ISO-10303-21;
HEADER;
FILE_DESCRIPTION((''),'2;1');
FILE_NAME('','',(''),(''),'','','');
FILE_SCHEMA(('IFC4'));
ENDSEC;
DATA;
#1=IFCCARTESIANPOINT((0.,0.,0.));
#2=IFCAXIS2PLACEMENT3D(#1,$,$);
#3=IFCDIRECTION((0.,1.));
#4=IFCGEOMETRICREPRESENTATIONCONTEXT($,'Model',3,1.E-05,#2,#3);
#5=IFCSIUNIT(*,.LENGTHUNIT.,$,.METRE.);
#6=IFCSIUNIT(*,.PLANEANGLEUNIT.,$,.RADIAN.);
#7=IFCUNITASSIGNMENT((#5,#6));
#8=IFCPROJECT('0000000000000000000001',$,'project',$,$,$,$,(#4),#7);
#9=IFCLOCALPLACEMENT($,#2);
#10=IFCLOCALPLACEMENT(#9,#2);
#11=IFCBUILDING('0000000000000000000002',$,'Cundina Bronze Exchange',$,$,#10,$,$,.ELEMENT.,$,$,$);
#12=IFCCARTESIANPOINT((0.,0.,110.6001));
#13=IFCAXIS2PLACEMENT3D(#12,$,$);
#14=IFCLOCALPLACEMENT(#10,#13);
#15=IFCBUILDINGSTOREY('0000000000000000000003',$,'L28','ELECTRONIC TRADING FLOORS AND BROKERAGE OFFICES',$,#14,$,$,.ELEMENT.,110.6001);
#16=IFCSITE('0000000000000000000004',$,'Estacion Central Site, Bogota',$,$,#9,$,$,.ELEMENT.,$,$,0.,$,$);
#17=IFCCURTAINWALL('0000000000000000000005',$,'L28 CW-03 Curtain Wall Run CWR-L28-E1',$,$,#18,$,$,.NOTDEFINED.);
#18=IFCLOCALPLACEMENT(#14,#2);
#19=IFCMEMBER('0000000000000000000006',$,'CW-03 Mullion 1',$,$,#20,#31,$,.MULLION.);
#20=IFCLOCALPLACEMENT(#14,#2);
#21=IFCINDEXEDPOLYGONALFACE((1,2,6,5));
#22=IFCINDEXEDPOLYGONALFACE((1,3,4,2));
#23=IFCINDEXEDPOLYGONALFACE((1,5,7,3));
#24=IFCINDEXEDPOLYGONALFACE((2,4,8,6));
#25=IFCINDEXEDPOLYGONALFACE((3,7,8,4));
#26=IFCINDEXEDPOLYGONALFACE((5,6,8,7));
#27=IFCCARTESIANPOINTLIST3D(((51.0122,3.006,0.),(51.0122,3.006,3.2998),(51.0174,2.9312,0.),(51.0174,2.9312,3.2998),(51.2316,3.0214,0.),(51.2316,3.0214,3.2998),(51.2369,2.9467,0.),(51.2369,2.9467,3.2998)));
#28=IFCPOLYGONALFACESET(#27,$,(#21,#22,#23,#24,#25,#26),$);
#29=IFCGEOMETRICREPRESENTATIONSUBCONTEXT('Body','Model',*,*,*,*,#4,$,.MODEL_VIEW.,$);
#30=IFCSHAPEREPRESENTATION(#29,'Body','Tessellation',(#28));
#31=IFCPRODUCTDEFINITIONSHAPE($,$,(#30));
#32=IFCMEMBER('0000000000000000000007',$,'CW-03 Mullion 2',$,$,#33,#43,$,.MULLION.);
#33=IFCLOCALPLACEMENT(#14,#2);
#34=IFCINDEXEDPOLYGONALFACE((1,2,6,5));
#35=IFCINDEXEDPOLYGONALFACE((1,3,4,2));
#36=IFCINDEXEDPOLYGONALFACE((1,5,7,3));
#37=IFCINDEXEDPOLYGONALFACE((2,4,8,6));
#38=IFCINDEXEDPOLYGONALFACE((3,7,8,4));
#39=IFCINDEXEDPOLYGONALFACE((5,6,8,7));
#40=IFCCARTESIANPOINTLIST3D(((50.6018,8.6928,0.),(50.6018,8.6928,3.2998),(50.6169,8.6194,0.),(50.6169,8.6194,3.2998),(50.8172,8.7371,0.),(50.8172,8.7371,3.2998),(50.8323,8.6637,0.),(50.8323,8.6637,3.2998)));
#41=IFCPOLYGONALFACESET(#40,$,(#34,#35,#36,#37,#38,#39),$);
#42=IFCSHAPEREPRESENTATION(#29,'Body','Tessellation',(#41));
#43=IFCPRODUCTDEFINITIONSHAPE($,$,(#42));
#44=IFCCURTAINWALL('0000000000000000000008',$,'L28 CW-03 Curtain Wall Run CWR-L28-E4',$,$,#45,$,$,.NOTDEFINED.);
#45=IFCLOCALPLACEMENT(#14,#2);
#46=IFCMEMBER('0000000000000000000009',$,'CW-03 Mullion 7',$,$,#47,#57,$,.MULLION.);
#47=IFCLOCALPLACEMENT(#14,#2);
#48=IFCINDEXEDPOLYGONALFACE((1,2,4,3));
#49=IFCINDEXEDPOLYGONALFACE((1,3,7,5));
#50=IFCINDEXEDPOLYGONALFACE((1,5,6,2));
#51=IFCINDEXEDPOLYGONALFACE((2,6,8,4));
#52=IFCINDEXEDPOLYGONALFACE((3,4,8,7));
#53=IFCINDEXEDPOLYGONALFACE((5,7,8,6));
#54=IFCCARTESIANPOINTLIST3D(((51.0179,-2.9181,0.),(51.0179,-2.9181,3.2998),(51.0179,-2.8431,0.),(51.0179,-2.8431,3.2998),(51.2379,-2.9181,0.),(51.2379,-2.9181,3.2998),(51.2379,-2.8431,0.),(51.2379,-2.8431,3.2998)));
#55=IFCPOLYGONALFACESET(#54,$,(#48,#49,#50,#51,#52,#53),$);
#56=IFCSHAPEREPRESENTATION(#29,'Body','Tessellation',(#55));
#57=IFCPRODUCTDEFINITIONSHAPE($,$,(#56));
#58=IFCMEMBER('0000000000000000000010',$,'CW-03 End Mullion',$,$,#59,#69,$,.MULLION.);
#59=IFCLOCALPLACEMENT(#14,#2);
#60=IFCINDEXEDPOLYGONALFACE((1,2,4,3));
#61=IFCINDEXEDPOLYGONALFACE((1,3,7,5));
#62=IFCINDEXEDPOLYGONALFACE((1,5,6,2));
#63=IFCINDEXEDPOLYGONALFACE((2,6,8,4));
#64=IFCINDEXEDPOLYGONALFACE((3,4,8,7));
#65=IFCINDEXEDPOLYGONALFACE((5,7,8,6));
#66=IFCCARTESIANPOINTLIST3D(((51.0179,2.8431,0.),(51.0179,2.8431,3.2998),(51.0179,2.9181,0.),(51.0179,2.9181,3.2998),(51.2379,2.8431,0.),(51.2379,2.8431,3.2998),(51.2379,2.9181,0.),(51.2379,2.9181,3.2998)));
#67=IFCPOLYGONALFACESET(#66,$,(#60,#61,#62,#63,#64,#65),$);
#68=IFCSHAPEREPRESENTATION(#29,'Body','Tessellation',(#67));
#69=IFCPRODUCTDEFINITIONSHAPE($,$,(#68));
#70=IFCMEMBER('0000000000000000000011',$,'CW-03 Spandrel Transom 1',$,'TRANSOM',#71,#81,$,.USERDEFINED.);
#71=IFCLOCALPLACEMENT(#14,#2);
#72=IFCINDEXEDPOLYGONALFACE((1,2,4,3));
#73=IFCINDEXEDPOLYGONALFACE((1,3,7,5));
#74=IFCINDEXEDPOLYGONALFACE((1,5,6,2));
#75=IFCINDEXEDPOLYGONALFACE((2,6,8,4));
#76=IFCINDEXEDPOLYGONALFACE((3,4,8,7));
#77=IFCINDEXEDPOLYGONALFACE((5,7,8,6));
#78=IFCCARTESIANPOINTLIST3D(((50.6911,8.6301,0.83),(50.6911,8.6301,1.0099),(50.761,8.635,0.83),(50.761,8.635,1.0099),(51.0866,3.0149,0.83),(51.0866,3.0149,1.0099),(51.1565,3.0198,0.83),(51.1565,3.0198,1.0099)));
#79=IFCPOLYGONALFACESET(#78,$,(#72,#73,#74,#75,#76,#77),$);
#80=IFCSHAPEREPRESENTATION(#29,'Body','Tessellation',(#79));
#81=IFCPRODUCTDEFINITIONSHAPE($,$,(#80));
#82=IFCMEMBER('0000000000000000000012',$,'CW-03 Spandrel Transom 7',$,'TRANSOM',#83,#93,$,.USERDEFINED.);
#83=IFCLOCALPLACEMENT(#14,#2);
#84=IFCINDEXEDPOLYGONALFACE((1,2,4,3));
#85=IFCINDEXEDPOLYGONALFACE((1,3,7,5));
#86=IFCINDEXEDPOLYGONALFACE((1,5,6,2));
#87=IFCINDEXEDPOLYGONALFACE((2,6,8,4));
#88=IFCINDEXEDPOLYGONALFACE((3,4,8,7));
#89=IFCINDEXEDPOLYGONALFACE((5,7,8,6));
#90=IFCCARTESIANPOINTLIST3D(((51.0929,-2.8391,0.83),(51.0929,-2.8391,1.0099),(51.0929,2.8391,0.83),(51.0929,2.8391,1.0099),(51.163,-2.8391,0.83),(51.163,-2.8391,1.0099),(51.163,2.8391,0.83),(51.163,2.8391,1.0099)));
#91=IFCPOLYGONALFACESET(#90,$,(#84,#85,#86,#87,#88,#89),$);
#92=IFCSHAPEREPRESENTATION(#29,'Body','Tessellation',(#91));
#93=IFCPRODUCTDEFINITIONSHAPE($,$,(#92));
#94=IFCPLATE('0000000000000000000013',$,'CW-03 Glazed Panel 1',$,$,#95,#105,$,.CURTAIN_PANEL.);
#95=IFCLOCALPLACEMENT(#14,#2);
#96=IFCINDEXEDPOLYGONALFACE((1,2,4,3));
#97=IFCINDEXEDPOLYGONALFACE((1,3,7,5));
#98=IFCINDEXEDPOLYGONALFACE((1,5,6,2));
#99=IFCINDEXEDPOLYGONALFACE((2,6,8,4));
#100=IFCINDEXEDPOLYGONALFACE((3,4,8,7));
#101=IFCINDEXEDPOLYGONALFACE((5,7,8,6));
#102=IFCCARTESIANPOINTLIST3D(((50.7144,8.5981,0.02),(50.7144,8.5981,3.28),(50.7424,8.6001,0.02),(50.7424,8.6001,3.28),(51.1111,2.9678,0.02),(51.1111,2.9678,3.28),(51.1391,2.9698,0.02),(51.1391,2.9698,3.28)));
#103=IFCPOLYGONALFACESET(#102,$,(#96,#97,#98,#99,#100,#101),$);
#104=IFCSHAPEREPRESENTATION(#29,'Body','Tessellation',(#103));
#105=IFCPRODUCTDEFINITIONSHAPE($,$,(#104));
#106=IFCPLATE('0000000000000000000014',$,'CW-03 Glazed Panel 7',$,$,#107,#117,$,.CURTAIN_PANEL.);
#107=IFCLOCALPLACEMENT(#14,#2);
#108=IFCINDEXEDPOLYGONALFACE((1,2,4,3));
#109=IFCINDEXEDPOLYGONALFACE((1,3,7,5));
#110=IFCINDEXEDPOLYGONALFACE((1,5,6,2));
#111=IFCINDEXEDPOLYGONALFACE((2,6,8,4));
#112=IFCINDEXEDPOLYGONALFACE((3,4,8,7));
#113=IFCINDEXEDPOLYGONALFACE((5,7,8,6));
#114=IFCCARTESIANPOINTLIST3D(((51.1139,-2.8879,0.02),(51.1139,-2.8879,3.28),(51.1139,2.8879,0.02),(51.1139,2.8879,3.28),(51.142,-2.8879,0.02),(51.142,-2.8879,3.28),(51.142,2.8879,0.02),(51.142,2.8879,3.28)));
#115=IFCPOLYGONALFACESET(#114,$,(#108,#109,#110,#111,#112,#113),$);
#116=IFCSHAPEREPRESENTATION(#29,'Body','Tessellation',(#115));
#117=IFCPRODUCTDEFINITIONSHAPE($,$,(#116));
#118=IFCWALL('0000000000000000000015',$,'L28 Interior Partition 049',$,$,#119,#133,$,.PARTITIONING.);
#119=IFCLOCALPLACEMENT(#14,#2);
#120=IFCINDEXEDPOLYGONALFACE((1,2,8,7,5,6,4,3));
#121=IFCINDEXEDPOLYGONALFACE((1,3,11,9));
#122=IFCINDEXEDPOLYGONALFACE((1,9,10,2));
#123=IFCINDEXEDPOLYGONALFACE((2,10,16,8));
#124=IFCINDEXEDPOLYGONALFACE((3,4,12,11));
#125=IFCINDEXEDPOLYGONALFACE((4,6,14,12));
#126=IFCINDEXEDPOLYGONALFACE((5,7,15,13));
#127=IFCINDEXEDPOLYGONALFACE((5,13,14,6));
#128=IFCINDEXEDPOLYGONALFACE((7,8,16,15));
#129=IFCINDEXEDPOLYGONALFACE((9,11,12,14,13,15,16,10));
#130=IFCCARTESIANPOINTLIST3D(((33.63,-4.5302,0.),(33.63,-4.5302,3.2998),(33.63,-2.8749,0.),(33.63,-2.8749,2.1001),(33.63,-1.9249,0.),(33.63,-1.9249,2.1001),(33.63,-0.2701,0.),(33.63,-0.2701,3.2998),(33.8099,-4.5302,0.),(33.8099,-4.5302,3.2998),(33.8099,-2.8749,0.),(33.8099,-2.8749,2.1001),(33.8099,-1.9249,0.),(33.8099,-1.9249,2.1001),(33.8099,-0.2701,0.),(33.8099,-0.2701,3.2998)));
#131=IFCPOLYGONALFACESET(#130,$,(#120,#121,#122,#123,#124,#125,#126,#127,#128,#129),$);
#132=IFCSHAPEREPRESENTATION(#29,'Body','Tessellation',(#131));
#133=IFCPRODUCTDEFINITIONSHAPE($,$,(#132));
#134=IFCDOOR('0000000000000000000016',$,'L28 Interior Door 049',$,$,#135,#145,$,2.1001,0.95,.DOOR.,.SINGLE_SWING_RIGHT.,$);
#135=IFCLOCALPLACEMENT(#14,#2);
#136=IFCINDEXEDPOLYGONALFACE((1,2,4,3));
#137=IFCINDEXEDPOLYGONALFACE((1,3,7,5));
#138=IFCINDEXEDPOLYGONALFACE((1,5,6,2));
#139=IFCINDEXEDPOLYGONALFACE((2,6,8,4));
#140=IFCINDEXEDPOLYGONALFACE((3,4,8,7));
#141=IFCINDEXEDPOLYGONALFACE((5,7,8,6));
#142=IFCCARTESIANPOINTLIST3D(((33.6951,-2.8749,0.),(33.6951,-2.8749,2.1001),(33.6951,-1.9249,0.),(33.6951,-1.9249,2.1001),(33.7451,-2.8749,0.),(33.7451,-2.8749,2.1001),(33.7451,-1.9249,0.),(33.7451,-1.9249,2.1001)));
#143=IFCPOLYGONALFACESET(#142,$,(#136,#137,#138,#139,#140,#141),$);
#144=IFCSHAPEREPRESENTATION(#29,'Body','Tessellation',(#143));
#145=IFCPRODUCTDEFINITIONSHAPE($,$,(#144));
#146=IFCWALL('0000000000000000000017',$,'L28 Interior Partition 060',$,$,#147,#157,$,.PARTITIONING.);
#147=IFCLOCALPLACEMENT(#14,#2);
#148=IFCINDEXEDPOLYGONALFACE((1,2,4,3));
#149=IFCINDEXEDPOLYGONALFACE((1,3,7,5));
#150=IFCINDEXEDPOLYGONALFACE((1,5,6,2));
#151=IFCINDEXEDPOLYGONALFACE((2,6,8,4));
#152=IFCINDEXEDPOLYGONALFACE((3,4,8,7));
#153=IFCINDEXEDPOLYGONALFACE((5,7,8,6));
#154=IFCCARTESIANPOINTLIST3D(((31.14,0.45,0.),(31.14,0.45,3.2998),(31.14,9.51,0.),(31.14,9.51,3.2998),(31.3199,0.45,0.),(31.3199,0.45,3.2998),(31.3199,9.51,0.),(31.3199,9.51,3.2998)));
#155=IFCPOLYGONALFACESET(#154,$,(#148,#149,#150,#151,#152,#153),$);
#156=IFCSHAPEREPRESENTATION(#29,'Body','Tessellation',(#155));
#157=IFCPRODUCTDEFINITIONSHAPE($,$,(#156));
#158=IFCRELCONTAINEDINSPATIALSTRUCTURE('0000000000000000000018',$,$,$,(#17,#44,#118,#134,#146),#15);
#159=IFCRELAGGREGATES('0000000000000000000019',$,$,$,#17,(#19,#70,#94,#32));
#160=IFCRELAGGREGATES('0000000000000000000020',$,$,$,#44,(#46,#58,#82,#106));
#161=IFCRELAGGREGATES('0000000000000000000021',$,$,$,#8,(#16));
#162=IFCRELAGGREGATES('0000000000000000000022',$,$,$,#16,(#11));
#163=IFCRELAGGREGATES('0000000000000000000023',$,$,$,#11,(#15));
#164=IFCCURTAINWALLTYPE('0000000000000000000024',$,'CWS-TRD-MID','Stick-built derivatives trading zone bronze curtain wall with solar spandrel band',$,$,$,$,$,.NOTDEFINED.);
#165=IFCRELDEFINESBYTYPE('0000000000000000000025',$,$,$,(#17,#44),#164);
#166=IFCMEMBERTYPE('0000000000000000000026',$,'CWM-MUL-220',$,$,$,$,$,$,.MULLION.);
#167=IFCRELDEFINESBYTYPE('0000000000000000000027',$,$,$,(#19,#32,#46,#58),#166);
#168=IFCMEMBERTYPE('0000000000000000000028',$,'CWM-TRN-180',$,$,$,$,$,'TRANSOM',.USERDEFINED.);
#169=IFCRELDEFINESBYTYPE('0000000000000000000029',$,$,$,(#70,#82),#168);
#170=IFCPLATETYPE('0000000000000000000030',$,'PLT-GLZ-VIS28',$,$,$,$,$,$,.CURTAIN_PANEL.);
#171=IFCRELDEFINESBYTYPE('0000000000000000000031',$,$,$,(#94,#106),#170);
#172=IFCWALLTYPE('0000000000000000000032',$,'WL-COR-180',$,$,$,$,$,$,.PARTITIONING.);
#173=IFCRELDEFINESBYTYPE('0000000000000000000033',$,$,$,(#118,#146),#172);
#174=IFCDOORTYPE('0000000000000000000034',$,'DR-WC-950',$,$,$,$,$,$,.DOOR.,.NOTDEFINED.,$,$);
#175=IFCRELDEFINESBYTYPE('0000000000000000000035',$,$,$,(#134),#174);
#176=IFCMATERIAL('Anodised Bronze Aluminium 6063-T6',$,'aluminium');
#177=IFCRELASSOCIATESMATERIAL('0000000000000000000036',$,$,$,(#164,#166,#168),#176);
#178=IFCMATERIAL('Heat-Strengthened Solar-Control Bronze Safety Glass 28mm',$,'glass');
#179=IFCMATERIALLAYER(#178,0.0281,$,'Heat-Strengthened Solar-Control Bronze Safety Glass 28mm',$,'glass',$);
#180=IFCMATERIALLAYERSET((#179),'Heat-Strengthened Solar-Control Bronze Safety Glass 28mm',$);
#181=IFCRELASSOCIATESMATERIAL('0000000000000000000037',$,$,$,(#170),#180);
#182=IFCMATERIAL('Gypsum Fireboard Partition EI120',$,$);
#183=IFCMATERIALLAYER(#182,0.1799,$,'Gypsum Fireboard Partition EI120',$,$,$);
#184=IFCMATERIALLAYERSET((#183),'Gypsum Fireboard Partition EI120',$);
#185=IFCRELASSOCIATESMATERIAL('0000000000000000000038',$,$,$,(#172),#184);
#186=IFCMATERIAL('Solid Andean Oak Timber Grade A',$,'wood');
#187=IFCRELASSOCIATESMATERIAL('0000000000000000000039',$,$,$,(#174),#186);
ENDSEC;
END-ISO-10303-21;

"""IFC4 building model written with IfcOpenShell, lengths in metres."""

from ifc_helpers import new_model, si_unit, direction, frame, frame_2d, origin, origin_2d, place, context, subcontext, project, spatial, rectangle, extrude, material, layer, layer_set, material_profile, profile_set, type_object, element, fill, aggregate, save


model = new_model("IFC4")

# Units and contexts
model_context = context("Model", 3, precision=1e-05, world=origin(), true_north=direction((0.0, 1.0)))
body_context = subcontext(model_context, "Body", "Model", "MODEL_VIEW")
ifc_project = project(units=[si_unit("LENGTHUNIT", "METRE"), si_unit("PLANEANGLEUNIT", "RADIAN")], contexts=[model_context])

# Site, building, storey
site_placement = place(None, origin())
site = spatial("IfcSite", under=ifc_project, at=site_placement, Name="Estacion Central Site, Bogota", CompositionType="ELEMENT", RefElevation=0.0)
building_placement = place(site_placement, origin())
building = spatial("IfcBuilding", under=site, at=building_placement, Name="Cundina Bronze Exchange", CompositionType="ELEMENT")
storey_placement = place(building_placement, frame((0.0, 0.0, 110.6001)))
storey = spatial("IfcBuildingStorey", under=building, at=storey_placement, Name="L28", Description="ELECTRONIC TRADING FLOORS AND BROKERAGE OFFICES", CompositionType="ELEMENT", Elevation=110.6001)

# Curtain walls, members
ifc_material_1 = material(Name="Anodised Bronze Aluminium 6063-T6", Category="aluminium")
curtain_wall_type = type_object("IfcCurtainWallType", Name="CWS-TRD-MID", Description="Stick-built derivatives trading zone bronze curtain wall with solar spandrel band", PredefinedType="NOTDEFINED", material=ifc_material_1)
curtain_wall_1_placement = place(storey_placement, origin())
curtain_wall_1 = element("IfcCurtainWall", 1, at=curtain_wall_1_placement, inside=storey, type_object=curtain_wall_type, Name="L28 CW-03 Curtain Wall Run CWR-L28-E1", PredefinedType="NOTDEFINED")
ifc_material_profile_1 = material_profile(ifc_material_1, rectangle(XDim=0.075, YDim=0.22, at=origin_2d()), Name="AL75X220", Category="aluminium")
ifc_profile_set_1 = profile_set([ifc_material_profile_1], Name="Anodised Bronze Aluminium 6063-T6")
member_type_1 = type_object("IfcMemberType", Name="CWM-MUL-220", PredefinedType="MULLION", material=ifc_profile_set_1)
member_1_placement = place(storey_placement, frame((51.1245, 2.9763, 0.0), z_axis=(0.0, 0.0, 1.0), x_axis=(-0.070279, 0.997527, 0.0)))
member_1 = element("IfcMember", 2, at=member_1_placement, type_object=member_type_1, Name="CW-03 Mullion 1", PredefinedType="MULLION", context=body_context, shape_type="SweptSolid", body=[
    extrude(rectangle(XDim=0.075, YDim=0.22, at=origin_2d()), origin(), (0.0, 0.0, 1.0), 3.2998),
])
member_2_placement = place(storey_placement, frame((50.717, 8.6782, 0.0), z_axis=(0.0, 0.0, 1.0), x_axis=(-0.20142, 0.979505, 0.0)))
member_2 = element("IfcMember", 3, at=member_2_placement, type_object=member_type_1, Name="CW-03 Mullion 2", PredefinedType="MULLION", context=body_context, shape_type="SweptSolid", body=[
    extrude(rectangle(XDim=0.075, YDim=0.22, at=origin_2d()), origin(), (0.0, 0.0, 1.0), 3.2998),
])
curtain_wall_2_placement = place(storey_placement, origin())
curtain_wall_2 = element("IfcCurtainWall", 4, at=curtain_wall_2_placement, inside=storey, type_object=curtain_wall_type, Name="L28 CW-03 Curtain Wall Run CWR-L28-E4", PredefinedType="NOTDEFINED")
member_3_placement = place(storey_placement, frame((51.1279, -2.8806, 0.0), z_axis=(0.0, 0.0, 1.0), x_axis=(0.0, 1.0, 0.0)))
member_3 = element("IfcMember", 5, at=member_3_placement, type_object=member_type_1, Name="CW-03 Mullion 7", PredefinedType="MULLION", context=body_context, shape_type="SweptSolid", body=[
    extrude(rectangle(XDim=0.075, YDim=0.22, at=origin_2d()), origin(), (0.0, 0.0, 1.0), 3.2998),
])
member_4_placement = place(storey_placement, frame((51.1279, 2.8806, 0.0), z_axis=(0.0, 0.0, 1.0), x_axis=(0.0, 1.0, 0.0)))
member_4 = element("IfcMember", 6, at=member_4_placement, type_object=member_type_1, Name="CW-03 End Mullion", PredefinedType="MULLION", context=body_context, shape_type="SweptSolid", body=[
    extrude(rectangle(XDim=0.075, YDim=0.22, at=origin_2d()), origin(), (0.0, 0.0, 1.0), 3.2998),
])

# Members
ifc_material_profile_2 = material_profile(ifc_material_1, rectangle(XDim=0.0701, YDim=0.1799, at=origin_2d()), Name="AL70X180", Category="aluminium")
ifc_profile_set_2 = profile_set([ifc_material_profile_2], Name="Anodised Bronze Aluminium 6063-T6")
member_type_2 = type_object("IfcMemberType", Name="CWM-TRN-180", ElementType="TRANSOM", PredefinedType="USERDEFINED", material=ifc_profile_set_2)
member_5_placement = place(storey_placement, frame((51.1216, 3.0173, 0.9199), z_axis=(-0.070261, 0.997529, 0.0), x_axis=(-0.997529, -0.070261, 0.0)))
member_5 = element("IfcMember", 7, at=member_5_placement, type_object=member_type_2, Name="CW-03 Spandrel Transom 1", ObjectType="TRANSOM", PredefinedType="USERDEFINED", context=body_context, shape_type="SweptSolid", body=[
    extrude(rectangle(XDim=0.0701, YDim=0.1799, at=origin_2d()), origin(), (0.0, 0.0, 1.0), 5.6292),
])
member_6_placement = place(storey_placement, frame((51.1279, -2.8391, 0.9199), z_axis=(0.0, 1.0, 0.0), x_axis=(-1.0, 0.0, 0.0)))
member_6 = element("IfcMember", 8, at=member_6_placement, type_object=member_type_2, Name="CW-03 Spandrel Transom 7", ObjectType="TRANSOM", PredefinedType="USERDEFINED", context=body_context, shape_type="SweptSolid", body=[
    extrude(rectangle(XDim=0.0701, YDim=0.1799, at=origin_2d()), origin(), (0.0, 0.0, 1.0), 5.6782),
])

# Plates
ifc_material_2 = material(Name="Heat-Strengthened Solar-Control Bronze Safety Glass 28mm", Category="glass")
ifc_layer_1 = layer(ifc_material_2, 0.0281, Name="Heat-Strengthened Solar-Control Bronze Safety Glass 28mm", Category="glass")
ifc_layer_set_1 = layer_set([ifc_layer_1], Name="Heat-Strengthened Solar-Control Bronze Safety Glass 28mm")
plate_type = type_object("IfcPlateType", Name="PLT-GLZ-VIS28", PredefinedType="CURTAIN_PANEL", material=ifc_layer_set_1)
plate_1_placement = place(storey_placement, frame((50.9268, 5.7839, 0.02), z_axis=(0.0, 0.0, 1.0), x_axis=(-0.070279, 0.997527, 0.0)))
plate_1 = element("IfcPlate", 9, at=plate_1_placement, type_object=plate_type, Name="CW-03 Glazed Panel 1", PredefinedType="CURTAIN_PANEL", context=body_context, shape_type="SweptSolid", body=[
    extrude(rectangle(XDim=5.6443, YDim=0.0281, at=origin_2d()), origin(), (0.0, 0.0, 1.0), 3.26),
])
aggregate(curtain_wall_1, [member_1, member_5, plate_1, member_2])
plate_2_placement = place(storey_placement, frame((51.1279, 0.0, 0.02), z_axis=(0.0, 0.0, 1.0), x_axis=(0.0, 1.0, 0.0)))
plate_2 = element("IfcPlate", 10, at=plate_2_placement, type_object=plate_type, Name="CW-03 Glazed Panel 7", PredefinedType="CURTAIN_PANEL", context=body_context, shape_type="SweptSolid", body=[
    extrude(rectangle(XDim=5.7759, YDim=0.0281, at=origin_2d()), origin(), (0.0, 0.0, 1.0), 3.26),
])
aggregate(curtain_wall_2, [member_3, member_4, member_6, plate_2])

# Wall, opening, door
ifc_material_3 = material(Name="Gypsum Fireboard Partition EI120")
ifc_layer_2 = layer(ifc_material_3, 0.1799, Name="Gypsum Fireboard Partition EI120")
ifc_layer_set_2 = layer_set([ifc_layer_2], Name="Gypsum Fireboard Partition EI120")
wall_type_1 = type_object("IfcWallType", Name="WL-COR-180", PredefinedType="PARTITIONING", material=ifc_layer_set_2)
wall_1_placement = place(storey_placement, frame((33.72, -4.53, 0.0), z_axis=(0.0, 0.0, 1.0), x_axis=(0.0, 1.0, 0.0)))
wall_1 = element("IfcWall", 11, at=wall_1_placement, inside=storey, type_object=wall_type_1, Name="L28 Interior Partition 049", PredefinedType="PARTITIONING", context=body_context, shape_type="SweptSolid", body=[
    extrude(rectangle(XDim=4.26, YDim=0.1799, at=frame_2d((2.1299, 0.0))), origin(), (0.0, 0.0, 1.0), 3.2998),
])
opening_1_placement = place(wall_1_placement, frame((1.655, 0.0, 0.0)))
opening_1 = element("IfcOpeningElement", 12, at=opening_1_placement, cuts=wall_1, PredefinedType="OPENING", context=body_context, shape_type="SweptSolid", body=[
    extrude(rectangle(XDim=0.95, YDim=2.1001, at=frame_2d((0.4751, 1.05))), frame((0.0, 0.0999, 0.0), z_axis=(0.0, -1.0, 0.0), x_axis=(1.0, 0.0, 0.0)), (0.0, 0.0, 1.0), 0.2),
])
ifc_material_4 = material(Name="Solid Andean Oak Timber Grade A", Category="wood")
door_type_1 = type_object("IfcDoorType", Name="DR-WC-950", OperationType="NOTDEFINED", PredefinedType="DOOR", material=ifc_material_4)
door_1_placement = place(opening_1_placement, origin())
door_1 = element("IfcDoor", 13, at=door_1_placement, inside=storey, type_object=door_type_1, Name="L28 Interior Door 049", OperationType="SINGLE_SWING_RIGHT", OverallHeight=2.1001, OverallWidth=0.95, PredefinedType="DOOR", context=body_context, shape_type="SweptSolid", body=[
    extrude(rectangle(XDim=0.95, YDim=2.1001, at=frame_2d((0.4751, 1.05))), frame((0.0, 0.0249, 0.0), z_axis=(0.0, -1.0, 0.0), x_axis=(1.0, 0.0, 0.0)), (0.0, 0.0, 1.0), 0.05),
])
fill(opening_1, door_1)

# Wall
wall_2_placement = place(storey_placement, frame((31.23, 9.51, 0.0), z_axis=(0.0, 0.0, 1.0), x_axis=(0.0, -1.0, 0.0)))
element("IfcWall", 14, at=wall_2_placement, inside=storey, type_object=wall_type_1, Name="L28 Interior Partition 060", PredefinedType="PARTITIONING", context=body_context, shape_type="SweptSolid", body=[
    extrude(rectangle(XDim=9.0601, YDim=0.1799, at=frame_2d((4.53, 0.0))), origin(), (0.0, 0.0, 1.0), 3.2998),
])

save(model, "model.ifc")
